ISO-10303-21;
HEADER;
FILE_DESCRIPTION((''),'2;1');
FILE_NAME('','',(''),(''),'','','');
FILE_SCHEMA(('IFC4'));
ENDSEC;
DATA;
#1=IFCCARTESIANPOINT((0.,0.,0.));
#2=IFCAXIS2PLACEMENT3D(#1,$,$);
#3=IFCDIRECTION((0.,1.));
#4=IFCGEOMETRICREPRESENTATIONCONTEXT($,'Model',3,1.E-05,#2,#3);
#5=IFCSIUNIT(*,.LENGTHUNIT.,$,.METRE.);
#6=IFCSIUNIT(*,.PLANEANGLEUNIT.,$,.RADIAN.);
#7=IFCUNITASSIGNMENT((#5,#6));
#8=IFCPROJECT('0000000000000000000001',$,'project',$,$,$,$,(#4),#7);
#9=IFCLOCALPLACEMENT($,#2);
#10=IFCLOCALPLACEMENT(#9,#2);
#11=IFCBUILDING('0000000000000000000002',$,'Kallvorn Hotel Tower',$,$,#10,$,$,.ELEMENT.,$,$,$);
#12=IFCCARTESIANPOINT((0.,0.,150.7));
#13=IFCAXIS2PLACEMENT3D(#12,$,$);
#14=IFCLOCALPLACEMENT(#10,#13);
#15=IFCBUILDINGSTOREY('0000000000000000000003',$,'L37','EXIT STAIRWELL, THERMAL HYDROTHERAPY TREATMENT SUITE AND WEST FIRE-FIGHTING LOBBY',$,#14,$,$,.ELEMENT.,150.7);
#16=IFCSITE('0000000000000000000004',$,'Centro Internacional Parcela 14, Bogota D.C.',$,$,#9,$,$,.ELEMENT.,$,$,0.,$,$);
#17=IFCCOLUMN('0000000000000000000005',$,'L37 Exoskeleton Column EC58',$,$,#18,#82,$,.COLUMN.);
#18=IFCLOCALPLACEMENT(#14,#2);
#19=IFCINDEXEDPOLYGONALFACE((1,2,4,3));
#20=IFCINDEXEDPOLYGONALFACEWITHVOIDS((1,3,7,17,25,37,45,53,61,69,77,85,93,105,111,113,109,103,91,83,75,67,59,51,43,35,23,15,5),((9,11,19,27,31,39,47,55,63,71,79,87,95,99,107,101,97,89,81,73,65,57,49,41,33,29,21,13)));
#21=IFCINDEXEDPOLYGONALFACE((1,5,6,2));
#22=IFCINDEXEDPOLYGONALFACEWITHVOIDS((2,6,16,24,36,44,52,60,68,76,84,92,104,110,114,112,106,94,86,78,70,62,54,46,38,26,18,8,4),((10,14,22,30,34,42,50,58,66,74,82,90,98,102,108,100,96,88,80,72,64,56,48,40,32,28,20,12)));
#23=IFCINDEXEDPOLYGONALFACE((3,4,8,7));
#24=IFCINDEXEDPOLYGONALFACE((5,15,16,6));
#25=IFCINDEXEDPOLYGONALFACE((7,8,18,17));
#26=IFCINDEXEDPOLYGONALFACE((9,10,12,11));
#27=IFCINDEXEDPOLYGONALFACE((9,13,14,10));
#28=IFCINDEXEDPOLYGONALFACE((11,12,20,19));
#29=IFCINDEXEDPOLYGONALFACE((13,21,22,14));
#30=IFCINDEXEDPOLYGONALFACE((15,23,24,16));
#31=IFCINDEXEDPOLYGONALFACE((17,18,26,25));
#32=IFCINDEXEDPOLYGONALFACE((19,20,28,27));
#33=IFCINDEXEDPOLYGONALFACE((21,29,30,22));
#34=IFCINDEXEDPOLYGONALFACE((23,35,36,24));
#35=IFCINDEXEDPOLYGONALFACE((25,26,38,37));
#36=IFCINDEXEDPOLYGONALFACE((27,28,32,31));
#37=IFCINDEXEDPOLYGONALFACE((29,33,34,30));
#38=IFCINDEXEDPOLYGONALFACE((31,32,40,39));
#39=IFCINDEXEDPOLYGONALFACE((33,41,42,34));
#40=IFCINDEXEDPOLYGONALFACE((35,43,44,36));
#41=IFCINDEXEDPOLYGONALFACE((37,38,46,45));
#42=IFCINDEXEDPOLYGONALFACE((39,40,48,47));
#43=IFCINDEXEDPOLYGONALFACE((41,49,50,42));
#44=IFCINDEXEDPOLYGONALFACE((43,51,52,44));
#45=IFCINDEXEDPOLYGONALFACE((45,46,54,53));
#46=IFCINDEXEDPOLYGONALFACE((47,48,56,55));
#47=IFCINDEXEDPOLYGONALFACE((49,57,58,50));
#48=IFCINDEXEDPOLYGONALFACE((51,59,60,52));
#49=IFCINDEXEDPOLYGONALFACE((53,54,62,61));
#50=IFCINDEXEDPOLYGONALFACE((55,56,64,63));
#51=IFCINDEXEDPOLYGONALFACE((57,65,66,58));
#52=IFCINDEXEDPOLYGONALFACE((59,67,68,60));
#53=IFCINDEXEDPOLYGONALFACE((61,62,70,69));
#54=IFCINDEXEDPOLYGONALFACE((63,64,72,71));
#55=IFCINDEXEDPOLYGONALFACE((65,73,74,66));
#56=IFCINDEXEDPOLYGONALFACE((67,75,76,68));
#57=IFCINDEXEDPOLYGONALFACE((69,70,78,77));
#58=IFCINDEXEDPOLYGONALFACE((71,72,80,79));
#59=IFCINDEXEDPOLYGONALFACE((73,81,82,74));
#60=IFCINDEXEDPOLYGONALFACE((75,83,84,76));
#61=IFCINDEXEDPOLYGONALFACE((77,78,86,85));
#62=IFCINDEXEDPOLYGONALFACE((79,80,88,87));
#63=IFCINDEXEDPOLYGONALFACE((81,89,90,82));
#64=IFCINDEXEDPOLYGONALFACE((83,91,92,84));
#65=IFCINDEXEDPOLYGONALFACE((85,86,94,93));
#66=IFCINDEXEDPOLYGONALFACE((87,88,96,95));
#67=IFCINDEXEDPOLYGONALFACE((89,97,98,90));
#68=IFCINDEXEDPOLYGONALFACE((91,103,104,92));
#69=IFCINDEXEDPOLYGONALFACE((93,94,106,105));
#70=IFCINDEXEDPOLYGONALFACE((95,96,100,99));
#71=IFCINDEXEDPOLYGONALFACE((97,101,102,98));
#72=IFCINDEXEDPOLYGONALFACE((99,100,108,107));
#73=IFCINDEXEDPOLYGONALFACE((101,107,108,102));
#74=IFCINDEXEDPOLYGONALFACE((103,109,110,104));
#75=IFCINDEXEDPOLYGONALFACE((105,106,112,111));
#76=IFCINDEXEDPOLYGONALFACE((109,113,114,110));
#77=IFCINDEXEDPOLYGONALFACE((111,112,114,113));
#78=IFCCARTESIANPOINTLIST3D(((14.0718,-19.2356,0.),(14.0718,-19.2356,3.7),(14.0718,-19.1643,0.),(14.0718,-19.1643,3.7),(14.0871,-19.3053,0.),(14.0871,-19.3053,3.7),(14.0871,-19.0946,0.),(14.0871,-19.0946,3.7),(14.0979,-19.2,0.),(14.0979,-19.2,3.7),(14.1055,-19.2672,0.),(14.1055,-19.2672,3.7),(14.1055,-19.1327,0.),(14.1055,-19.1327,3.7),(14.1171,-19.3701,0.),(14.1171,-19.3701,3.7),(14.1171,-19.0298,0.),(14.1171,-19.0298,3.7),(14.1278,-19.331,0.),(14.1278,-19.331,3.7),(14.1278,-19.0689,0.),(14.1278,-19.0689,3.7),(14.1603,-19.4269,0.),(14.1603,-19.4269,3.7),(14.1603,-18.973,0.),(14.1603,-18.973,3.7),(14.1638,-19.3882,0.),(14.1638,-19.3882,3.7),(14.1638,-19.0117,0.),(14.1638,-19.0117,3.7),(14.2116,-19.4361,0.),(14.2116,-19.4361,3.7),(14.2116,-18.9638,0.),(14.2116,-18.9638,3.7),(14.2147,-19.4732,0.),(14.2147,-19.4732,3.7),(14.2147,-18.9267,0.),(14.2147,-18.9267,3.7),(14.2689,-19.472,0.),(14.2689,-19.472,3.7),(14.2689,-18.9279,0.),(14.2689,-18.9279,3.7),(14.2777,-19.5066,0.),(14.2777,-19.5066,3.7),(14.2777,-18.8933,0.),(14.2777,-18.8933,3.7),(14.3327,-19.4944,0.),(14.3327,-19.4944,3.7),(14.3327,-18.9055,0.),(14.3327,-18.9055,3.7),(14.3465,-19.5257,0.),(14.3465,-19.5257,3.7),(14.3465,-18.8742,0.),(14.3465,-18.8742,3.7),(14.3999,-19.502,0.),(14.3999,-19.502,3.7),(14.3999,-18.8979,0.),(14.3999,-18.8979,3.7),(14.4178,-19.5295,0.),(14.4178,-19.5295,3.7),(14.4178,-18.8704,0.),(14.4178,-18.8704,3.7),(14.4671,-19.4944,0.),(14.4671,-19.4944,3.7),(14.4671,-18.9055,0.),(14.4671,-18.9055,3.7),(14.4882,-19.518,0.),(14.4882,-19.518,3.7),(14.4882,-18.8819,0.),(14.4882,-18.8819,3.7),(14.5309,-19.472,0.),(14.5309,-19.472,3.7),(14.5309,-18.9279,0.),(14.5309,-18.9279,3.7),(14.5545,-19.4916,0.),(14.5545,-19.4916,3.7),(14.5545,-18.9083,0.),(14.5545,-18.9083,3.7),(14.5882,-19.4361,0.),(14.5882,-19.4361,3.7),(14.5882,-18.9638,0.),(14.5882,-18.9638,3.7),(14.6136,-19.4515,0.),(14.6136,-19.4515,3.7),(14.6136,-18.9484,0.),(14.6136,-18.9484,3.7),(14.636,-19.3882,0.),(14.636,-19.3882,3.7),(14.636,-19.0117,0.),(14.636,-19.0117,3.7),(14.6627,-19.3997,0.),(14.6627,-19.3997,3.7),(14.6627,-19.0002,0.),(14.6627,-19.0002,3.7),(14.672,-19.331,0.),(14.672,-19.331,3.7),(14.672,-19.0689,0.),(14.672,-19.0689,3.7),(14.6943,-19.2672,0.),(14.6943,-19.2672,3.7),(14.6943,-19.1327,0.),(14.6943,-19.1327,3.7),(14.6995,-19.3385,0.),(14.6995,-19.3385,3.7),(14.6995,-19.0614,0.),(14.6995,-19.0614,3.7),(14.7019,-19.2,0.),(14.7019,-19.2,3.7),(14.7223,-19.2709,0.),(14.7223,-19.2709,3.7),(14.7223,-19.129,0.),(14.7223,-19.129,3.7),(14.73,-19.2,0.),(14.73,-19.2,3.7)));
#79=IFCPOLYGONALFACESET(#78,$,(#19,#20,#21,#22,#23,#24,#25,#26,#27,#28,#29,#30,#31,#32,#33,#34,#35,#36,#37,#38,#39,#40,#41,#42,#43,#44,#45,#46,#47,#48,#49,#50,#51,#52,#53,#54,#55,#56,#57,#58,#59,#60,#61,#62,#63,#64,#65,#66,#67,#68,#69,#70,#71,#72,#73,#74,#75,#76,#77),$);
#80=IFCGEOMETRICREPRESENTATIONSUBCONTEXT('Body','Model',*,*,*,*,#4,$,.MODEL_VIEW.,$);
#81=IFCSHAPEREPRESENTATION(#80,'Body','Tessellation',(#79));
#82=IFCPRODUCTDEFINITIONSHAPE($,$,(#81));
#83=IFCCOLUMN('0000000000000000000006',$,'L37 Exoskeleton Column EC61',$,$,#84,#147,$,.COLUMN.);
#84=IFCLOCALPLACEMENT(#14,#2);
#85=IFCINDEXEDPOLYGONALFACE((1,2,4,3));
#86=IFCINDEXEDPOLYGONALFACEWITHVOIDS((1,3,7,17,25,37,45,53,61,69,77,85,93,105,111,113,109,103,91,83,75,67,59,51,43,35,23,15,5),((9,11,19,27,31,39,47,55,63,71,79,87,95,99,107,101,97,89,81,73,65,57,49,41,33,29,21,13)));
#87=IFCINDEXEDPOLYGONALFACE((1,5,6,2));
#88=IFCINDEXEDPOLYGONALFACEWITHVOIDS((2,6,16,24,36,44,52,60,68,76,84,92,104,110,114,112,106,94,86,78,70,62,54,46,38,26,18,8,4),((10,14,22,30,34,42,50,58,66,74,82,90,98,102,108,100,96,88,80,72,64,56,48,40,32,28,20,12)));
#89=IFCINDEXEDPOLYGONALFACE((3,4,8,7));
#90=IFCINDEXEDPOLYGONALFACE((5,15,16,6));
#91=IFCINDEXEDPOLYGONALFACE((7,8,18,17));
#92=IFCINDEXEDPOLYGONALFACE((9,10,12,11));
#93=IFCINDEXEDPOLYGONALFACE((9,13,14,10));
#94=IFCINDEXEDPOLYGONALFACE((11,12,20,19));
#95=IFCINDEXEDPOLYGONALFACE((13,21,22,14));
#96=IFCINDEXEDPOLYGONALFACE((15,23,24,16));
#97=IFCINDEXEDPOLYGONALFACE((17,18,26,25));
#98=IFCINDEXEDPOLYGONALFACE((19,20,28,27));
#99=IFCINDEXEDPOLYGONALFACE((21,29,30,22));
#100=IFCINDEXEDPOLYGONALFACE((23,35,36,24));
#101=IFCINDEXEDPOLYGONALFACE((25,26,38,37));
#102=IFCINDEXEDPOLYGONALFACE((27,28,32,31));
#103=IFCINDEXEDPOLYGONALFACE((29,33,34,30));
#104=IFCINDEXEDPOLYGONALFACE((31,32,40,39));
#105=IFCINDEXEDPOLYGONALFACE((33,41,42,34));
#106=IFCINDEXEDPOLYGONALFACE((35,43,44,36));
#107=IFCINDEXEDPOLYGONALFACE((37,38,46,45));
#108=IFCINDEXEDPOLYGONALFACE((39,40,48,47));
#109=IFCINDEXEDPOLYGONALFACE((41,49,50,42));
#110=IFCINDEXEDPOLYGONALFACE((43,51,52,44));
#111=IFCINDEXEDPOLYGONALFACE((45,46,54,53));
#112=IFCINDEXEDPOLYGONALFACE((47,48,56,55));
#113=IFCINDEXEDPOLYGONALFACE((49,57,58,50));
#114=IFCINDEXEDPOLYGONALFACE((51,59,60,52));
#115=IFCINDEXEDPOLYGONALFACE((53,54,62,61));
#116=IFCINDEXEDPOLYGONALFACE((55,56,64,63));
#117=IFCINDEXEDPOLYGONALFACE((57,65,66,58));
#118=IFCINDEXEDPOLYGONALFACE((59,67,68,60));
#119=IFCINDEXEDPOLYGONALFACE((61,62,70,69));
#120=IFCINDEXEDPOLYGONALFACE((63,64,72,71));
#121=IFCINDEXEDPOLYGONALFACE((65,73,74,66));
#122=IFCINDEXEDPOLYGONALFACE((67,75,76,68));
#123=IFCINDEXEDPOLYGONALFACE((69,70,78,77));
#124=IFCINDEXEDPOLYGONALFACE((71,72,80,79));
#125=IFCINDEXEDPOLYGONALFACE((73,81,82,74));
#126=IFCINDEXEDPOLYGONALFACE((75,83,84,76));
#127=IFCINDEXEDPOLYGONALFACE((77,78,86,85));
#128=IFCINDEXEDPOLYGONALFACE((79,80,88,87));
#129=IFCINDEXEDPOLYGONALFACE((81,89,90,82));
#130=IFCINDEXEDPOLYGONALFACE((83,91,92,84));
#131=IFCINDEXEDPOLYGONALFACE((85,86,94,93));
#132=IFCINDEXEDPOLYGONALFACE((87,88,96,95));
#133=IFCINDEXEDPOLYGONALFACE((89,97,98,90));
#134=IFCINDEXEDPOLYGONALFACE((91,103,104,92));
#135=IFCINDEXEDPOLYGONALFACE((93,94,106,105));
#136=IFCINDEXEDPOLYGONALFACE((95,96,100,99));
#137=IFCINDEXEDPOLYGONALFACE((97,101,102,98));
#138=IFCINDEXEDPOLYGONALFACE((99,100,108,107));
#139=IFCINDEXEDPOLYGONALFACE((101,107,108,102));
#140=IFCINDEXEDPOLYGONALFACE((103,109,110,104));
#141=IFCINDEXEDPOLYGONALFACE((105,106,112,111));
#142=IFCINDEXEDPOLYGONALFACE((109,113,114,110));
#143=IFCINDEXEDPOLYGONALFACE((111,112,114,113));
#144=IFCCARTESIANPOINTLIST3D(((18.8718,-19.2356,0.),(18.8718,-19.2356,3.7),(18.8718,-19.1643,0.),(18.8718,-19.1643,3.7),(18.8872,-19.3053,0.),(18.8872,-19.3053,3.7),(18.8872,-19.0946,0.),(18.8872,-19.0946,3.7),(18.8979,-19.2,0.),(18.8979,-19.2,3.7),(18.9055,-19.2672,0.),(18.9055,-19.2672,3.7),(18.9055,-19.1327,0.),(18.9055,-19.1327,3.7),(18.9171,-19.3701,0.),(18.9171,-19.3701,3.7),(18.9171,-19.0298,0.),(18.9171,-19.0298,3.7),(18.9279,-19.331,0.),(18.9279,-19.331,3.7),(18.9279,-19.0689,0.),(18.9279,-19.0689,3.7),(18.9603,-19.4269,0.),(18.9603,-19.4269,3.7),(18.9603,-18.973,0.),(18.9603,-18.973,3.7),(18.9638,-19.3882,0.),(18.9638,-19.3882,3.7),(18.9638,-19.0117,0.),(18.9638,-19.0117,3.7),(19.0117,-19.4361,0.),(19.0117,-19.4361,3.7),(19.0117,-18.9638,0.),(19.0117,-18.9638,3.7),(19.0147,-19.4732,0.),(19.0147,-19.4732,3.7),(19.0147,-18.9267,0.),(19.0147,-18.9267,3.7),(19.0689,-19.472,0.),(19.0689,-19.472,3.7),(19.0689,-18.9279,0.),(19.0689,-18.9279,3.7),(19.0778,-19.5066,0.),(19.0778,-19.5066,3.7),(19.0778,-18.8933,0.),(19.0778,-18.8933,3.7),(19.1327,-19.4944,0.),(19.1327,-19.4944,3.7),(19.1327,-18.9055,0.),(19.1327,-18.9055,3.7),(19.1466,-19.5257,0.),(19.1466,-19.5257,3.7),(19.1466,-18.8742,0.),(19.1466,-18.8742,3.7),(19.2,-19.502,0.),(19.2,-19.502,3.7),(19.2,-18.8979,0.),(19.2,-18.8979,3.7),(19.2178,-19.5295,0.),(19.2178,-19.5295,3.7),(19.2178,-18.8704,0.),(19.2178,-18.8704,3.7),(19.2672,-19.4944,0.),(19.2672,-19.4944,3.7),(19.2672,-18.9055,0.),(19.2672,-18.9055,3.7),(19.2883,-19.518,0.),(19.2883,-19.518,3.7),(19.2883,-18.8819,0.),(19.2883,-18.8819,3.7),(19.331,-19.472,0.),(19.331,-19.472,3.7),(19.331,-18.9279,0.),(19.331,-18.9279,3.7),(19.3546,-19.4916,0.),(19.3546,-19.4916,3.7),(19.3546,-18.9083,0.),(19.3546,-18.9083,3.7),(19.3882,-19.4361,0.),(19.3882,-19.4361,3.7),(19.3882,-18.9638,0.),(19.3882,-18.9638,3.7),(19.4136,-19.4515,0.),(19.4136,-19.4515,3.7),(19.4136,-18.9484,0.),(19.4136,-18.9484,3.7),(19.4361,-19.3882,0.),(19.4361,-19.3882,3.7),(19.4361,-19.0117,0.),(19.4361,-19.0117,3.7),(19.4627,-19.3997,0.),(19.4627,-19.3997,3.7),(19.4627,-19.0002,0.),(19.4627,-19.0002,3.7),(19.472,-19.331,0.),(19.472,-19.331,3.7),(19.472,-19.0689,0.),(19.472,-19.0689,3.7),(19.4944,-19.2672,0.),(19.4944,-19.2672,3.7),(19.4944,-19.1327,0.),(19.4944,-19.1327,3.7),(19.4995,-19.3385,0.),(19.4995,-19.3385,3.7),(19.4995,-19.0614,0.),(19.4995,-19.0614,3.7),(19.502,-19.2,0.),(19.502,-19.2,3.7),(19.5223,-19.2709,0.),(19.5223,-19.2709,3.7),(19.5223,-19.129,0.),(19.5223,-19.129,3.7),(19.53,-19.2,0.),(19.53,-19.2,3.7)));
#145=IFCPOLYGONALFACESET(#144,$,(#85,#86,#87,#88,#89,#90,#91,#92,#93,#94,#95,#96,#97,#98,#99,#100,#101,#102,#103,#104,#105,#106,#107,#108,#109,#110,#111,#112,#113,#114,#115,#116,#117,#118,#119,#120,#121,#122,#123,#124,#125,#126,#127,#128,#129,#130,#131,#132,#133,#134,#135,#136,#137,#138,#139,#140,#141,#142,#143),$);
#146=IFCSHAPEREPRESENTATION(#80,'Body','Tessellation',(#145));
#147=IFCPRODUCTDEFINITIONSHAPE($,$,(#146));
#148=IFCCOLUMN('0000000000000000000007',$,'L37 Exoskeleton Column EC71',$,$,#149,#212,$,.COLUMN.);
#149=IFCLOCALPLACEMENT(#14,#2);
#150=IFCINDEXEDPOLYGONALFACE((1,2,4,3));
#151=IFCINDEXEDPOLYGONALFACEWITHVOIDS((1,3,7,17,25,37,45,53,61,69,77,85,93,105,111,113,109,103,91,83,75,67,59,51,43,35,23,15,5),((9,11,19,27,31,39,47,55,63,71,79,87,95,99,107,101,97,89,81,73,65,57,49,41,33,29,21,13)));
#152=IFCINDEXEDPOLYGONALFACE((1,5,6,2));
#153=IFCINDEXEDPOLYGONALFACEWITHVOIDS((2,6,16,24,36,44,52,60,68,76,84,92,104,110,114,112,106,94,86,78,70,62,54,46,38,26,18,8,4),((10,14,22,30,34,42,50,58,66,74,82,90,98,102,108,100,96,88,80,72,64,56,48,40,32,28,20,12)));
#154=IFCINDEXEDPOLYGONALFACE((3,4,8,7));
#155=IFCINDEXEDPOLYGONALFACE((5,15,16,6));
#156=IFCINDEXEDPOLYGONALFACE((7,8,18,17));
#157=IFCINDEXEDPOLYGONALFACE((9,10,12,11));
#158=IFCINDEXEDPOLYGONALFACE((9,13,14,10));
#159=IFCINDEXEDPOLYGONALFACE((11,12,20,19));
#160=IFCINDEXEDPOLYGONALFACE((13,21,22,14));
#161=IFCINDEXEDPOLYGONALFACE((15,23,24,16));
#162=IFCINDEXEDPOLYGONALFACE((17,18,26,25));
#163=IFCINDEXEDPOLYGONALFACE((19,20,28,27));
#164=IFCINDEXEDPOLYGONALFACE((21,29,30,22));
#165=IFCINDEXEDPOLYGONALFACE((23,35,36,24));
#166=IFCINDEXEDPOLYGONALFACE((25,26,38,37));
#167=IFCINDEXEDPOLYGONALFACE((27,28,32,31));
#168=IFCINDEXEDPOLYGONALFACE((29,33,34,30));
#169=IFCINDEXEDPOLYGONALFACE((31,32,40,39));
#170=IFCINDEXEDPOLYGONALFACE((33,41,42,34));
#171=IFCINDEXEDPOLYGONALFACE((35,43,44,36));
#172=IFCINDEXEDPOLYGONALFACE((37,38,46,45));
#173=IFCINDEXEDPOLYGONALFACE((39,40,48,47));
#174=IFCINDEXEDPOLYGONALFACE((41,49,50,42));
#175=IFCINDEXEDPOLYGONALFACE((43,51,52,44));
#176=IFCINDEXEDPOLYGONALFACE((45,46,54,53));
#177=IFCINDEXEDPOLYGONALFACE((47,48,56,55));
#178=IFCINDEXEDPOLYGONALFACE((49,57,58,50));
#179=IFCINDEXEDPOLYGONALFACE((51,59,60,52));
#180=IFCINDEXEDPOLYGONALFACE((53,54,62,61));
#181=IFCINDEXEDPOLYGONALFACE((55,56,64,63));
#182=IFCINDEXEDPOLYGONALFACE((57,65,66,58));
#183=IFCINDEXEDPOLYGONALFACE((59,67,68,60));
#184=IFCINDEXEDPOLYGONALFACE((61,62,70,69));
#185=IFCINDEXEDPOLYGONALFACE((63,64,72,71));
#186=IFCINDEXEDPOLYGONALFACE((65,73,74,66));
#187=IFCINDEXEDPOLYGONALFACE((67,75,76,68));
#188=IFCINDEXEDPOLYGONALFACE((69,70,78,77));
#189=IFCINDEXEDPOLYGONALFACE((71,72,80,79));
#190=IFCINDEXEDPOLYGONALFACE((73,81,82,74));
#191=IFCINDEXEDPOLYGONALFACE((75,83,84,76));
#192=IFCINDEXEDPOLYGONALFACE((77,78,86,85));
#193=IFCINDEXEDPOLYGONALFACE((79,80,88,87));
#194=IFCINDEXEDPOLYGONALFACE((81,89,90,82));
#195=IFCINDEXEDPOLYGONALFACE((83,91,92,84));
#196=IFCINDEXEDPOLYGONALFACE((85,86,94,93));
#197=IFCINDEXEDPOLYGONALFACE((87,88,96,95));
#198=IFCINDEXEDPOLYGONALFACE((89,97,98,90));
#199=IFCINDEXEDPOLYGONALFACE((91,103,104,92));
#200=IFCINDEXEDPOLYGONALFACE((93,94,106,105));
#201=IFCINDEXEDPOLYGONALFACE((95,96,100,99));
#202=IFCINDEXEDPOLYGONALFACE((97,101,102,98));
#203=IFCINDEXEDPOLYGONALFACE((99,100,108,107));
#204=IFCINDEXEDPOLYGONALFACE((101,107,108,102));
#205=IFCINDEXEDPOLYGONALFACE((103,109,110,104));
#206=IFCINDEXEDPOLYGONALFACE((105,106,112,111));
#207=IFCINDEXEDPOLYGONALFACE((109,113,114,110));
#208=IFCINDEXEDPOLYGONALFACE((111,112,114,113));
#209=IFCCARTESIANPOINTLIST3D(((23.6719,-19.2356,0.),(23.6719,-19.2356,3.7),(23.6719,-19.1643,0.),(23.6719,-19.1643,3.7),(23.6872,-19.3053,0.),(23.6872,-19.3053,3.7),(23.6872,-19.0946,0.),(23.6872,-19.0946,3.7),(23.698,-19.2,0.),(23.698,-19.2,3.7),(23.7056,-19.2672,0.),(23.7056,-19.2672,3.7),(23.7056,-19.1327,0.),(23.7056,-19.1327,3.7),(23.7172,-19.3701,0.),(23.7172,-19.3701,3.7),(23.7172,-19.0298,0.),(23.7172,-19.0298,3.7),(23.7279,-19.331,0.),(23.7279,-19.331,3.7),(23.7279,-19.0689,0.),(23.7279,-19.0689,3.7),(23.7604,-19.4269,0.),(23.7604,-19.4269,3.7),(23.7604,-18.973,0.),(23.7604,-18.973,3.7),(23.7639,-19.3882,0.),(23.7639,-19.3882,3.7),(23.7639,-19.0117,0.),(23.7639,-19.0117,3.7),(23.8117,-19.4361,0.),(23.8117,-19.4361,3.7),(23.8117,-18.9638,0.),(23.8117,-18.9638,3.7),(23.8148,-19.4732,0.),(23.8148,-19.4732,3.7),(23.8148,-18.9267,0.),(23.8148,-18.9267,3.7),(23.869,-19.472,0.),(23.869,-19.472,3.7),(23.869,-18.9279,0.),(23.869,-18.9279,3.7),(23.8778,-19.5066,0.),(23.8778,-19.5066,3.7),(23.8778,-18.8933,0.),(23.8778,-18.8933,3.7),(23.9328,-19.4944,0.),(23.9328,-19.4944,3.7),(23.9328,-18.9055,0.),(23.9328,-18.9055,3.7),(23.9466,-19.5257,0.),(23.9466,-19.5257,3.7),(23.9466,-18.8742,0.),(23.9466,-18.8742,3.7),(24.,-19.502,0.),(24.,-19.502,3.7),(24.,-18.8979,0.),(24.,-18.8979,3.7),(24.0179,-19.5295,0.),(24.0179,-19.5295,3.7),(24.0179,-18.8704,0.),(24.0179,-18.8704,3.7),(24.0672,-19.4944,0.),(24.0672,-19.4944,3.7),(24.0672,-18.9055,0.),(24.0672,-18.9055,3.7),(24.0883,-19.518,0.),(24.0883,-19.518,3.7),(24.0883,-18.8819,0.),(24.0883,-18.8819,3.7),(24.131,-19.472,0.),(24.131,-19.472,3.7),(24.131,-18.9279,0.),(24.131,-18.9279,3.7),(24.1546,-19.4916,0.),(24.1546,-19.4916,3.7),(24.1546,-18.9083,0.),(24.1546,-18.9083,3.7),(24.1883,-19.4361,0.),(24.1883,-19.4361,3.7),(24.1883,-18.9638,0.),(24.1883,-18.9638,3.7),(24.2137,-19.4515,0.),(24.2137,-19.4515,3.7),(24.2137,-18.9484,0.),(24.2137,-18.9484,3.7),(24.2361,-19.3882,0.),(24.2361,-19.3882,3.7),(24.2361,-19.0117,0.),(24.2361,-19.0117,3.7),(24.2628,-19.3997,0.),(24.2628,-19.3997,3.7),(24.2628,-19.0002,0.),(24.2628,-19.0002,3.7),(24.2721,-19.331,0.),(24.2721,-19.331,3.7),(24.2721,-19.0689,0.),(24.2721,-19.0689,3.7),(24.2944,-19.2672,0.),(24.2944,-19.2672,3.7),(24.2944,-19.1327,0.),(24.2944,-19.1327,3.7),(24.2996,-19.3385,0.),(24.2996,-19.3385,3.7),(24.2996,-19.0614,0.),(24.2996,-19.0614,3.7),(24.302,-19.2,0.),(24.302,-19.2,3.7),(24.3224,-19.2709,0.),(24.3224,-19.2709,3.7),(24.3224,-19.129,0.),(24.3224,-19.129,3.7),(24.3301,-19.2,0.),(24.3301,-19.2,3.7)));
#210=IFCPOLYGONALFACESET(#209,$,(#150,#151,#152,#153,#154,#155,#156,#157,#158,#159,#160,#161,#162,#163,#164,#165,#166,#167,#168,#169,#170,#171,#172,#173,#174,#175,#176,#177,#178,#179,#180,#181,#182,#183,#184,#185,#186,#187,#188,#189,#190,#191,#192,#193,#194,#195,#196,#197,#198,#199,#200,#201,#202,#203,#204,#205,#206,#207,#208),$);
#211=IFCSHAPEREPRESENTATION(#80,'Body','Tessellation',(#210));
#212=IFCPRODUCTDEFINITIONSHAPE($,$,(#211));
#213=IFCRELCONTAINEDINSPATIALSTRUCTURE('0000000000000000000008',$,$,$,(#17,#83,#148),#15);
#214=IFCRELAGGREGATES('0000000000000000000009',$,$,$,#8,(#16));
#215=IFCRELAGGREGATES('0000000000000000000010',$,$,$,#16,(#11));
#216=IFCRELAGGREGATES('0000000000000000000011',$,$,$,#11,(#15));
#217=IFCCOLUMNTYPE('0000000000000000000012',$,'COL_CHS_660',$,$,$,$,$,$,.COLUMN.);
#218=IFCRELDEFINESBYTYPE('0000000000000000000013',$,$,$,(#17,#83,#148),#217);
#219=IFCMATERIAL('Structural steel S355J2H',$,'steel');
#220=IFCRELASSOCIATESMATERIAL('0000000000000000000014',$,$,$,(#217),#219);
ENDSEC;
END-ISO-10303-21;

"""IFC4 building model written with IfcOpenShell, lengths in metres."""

from ifc_helpers import new_model, si_unit, direction, frame, origin, origin_2d, place, context, subcontext, project, spatial, hollow_circle, extrude, material, material_profile, profile_set, type_object, element, save


model = new_model("IFC4")

# Units and contexts
model_context = context("Model", 3, precision=1e-05, world=origin(), true_north=direction((0.0, 1.0)))
body_context = subcontext(model_context, "Body", "Model", "MODEL_VIEW")
ifc_project = project(units=[si_unit("LENGTHUNIT", "METRE"), si_unit("PLANEANGLEUNIT", "RADIAN")], contexts=[model_context])

# Site, building, storey
site_placement = place(None, origin())
site = spatial("IfcSite", under=ifc_project, at=site_placement, Name="Centro Internacional Parcela 14, Bogota D.C.", CompositionType="ELEMENT", RefElevation=0.0)
building_placement = place(site_placement, origin())
building = spatial("IfcBuilding", under=site, at=building_placement, Name="Kallvorn Hotel Tower", CompositionType="ELEMENT")
storey_placement = place(building_placement, frame((0.0, 0.0, 150.7)))
storey = spatial("IfcBuildingStorey", under=building, at=storey_placement, Name="L37", Description="EXIT STAIRWELL, THERMAL HYDROTHERAPY TREATMENT SUITE AND WEST FIRE-FIGHTING LOBBY", CompositionType="ELEMENT", Elevation=150.7)

# Columns
ifc_material_1 = material(Name="Structural steel S355J2H", Category="steel")
ifc_material_profile_1 = material_profile(ifc_material_1, hollow_circle(Radius=0.3301, WallThickness=0.0281, at=origin_2d()), Name="CHS 660x28")
ifc_profile_set_1 = profile_set([ifc_material_profile_1], Name="Structural steel S355J2H")
column_type_1 = type_object("IfcColumnType", Name="COL_CHS_660", PredefinedType="COLUMN", material=ifc_profile_set_1)
for number, where, z_axis, x_axis, name in (
    (1, (14.3999, -19.2, 0.0), (0.0, 0.0, 1.0), (1.0, 0.0, 0.0), "L37 Exoskeleton Column EC58"),
    (2, (19.2, -19.2, 0.0), (0.0, 0.0, 1.0), (1.0, 0.0, 0.0), "L37 Exoskeleton Column EC61"),
    (3, (24.0, -19.2, 0.0), (0.0, 0.0, 1.0), (1.0, 0.0, 0.0), "L37 Exoskeleton Column EC71"),
):
    element("IfcColumn", number, at=place(storey_placement, frame(where, z_axis=z_axis, x_axis=x_axis)), inside=storey, type_object=column_type_1, Name=name, PredefinedType="COLUMN", context=body_context, shape_type="SweptSolid", body=[
        extrude(hollow_circle(Radius=0.3301, WallThickness=0.0281, at=origin_2d()), origin(), (0.0, 0.0, 1.0), 3.7),
    ])

save(model, "model.ifc")
